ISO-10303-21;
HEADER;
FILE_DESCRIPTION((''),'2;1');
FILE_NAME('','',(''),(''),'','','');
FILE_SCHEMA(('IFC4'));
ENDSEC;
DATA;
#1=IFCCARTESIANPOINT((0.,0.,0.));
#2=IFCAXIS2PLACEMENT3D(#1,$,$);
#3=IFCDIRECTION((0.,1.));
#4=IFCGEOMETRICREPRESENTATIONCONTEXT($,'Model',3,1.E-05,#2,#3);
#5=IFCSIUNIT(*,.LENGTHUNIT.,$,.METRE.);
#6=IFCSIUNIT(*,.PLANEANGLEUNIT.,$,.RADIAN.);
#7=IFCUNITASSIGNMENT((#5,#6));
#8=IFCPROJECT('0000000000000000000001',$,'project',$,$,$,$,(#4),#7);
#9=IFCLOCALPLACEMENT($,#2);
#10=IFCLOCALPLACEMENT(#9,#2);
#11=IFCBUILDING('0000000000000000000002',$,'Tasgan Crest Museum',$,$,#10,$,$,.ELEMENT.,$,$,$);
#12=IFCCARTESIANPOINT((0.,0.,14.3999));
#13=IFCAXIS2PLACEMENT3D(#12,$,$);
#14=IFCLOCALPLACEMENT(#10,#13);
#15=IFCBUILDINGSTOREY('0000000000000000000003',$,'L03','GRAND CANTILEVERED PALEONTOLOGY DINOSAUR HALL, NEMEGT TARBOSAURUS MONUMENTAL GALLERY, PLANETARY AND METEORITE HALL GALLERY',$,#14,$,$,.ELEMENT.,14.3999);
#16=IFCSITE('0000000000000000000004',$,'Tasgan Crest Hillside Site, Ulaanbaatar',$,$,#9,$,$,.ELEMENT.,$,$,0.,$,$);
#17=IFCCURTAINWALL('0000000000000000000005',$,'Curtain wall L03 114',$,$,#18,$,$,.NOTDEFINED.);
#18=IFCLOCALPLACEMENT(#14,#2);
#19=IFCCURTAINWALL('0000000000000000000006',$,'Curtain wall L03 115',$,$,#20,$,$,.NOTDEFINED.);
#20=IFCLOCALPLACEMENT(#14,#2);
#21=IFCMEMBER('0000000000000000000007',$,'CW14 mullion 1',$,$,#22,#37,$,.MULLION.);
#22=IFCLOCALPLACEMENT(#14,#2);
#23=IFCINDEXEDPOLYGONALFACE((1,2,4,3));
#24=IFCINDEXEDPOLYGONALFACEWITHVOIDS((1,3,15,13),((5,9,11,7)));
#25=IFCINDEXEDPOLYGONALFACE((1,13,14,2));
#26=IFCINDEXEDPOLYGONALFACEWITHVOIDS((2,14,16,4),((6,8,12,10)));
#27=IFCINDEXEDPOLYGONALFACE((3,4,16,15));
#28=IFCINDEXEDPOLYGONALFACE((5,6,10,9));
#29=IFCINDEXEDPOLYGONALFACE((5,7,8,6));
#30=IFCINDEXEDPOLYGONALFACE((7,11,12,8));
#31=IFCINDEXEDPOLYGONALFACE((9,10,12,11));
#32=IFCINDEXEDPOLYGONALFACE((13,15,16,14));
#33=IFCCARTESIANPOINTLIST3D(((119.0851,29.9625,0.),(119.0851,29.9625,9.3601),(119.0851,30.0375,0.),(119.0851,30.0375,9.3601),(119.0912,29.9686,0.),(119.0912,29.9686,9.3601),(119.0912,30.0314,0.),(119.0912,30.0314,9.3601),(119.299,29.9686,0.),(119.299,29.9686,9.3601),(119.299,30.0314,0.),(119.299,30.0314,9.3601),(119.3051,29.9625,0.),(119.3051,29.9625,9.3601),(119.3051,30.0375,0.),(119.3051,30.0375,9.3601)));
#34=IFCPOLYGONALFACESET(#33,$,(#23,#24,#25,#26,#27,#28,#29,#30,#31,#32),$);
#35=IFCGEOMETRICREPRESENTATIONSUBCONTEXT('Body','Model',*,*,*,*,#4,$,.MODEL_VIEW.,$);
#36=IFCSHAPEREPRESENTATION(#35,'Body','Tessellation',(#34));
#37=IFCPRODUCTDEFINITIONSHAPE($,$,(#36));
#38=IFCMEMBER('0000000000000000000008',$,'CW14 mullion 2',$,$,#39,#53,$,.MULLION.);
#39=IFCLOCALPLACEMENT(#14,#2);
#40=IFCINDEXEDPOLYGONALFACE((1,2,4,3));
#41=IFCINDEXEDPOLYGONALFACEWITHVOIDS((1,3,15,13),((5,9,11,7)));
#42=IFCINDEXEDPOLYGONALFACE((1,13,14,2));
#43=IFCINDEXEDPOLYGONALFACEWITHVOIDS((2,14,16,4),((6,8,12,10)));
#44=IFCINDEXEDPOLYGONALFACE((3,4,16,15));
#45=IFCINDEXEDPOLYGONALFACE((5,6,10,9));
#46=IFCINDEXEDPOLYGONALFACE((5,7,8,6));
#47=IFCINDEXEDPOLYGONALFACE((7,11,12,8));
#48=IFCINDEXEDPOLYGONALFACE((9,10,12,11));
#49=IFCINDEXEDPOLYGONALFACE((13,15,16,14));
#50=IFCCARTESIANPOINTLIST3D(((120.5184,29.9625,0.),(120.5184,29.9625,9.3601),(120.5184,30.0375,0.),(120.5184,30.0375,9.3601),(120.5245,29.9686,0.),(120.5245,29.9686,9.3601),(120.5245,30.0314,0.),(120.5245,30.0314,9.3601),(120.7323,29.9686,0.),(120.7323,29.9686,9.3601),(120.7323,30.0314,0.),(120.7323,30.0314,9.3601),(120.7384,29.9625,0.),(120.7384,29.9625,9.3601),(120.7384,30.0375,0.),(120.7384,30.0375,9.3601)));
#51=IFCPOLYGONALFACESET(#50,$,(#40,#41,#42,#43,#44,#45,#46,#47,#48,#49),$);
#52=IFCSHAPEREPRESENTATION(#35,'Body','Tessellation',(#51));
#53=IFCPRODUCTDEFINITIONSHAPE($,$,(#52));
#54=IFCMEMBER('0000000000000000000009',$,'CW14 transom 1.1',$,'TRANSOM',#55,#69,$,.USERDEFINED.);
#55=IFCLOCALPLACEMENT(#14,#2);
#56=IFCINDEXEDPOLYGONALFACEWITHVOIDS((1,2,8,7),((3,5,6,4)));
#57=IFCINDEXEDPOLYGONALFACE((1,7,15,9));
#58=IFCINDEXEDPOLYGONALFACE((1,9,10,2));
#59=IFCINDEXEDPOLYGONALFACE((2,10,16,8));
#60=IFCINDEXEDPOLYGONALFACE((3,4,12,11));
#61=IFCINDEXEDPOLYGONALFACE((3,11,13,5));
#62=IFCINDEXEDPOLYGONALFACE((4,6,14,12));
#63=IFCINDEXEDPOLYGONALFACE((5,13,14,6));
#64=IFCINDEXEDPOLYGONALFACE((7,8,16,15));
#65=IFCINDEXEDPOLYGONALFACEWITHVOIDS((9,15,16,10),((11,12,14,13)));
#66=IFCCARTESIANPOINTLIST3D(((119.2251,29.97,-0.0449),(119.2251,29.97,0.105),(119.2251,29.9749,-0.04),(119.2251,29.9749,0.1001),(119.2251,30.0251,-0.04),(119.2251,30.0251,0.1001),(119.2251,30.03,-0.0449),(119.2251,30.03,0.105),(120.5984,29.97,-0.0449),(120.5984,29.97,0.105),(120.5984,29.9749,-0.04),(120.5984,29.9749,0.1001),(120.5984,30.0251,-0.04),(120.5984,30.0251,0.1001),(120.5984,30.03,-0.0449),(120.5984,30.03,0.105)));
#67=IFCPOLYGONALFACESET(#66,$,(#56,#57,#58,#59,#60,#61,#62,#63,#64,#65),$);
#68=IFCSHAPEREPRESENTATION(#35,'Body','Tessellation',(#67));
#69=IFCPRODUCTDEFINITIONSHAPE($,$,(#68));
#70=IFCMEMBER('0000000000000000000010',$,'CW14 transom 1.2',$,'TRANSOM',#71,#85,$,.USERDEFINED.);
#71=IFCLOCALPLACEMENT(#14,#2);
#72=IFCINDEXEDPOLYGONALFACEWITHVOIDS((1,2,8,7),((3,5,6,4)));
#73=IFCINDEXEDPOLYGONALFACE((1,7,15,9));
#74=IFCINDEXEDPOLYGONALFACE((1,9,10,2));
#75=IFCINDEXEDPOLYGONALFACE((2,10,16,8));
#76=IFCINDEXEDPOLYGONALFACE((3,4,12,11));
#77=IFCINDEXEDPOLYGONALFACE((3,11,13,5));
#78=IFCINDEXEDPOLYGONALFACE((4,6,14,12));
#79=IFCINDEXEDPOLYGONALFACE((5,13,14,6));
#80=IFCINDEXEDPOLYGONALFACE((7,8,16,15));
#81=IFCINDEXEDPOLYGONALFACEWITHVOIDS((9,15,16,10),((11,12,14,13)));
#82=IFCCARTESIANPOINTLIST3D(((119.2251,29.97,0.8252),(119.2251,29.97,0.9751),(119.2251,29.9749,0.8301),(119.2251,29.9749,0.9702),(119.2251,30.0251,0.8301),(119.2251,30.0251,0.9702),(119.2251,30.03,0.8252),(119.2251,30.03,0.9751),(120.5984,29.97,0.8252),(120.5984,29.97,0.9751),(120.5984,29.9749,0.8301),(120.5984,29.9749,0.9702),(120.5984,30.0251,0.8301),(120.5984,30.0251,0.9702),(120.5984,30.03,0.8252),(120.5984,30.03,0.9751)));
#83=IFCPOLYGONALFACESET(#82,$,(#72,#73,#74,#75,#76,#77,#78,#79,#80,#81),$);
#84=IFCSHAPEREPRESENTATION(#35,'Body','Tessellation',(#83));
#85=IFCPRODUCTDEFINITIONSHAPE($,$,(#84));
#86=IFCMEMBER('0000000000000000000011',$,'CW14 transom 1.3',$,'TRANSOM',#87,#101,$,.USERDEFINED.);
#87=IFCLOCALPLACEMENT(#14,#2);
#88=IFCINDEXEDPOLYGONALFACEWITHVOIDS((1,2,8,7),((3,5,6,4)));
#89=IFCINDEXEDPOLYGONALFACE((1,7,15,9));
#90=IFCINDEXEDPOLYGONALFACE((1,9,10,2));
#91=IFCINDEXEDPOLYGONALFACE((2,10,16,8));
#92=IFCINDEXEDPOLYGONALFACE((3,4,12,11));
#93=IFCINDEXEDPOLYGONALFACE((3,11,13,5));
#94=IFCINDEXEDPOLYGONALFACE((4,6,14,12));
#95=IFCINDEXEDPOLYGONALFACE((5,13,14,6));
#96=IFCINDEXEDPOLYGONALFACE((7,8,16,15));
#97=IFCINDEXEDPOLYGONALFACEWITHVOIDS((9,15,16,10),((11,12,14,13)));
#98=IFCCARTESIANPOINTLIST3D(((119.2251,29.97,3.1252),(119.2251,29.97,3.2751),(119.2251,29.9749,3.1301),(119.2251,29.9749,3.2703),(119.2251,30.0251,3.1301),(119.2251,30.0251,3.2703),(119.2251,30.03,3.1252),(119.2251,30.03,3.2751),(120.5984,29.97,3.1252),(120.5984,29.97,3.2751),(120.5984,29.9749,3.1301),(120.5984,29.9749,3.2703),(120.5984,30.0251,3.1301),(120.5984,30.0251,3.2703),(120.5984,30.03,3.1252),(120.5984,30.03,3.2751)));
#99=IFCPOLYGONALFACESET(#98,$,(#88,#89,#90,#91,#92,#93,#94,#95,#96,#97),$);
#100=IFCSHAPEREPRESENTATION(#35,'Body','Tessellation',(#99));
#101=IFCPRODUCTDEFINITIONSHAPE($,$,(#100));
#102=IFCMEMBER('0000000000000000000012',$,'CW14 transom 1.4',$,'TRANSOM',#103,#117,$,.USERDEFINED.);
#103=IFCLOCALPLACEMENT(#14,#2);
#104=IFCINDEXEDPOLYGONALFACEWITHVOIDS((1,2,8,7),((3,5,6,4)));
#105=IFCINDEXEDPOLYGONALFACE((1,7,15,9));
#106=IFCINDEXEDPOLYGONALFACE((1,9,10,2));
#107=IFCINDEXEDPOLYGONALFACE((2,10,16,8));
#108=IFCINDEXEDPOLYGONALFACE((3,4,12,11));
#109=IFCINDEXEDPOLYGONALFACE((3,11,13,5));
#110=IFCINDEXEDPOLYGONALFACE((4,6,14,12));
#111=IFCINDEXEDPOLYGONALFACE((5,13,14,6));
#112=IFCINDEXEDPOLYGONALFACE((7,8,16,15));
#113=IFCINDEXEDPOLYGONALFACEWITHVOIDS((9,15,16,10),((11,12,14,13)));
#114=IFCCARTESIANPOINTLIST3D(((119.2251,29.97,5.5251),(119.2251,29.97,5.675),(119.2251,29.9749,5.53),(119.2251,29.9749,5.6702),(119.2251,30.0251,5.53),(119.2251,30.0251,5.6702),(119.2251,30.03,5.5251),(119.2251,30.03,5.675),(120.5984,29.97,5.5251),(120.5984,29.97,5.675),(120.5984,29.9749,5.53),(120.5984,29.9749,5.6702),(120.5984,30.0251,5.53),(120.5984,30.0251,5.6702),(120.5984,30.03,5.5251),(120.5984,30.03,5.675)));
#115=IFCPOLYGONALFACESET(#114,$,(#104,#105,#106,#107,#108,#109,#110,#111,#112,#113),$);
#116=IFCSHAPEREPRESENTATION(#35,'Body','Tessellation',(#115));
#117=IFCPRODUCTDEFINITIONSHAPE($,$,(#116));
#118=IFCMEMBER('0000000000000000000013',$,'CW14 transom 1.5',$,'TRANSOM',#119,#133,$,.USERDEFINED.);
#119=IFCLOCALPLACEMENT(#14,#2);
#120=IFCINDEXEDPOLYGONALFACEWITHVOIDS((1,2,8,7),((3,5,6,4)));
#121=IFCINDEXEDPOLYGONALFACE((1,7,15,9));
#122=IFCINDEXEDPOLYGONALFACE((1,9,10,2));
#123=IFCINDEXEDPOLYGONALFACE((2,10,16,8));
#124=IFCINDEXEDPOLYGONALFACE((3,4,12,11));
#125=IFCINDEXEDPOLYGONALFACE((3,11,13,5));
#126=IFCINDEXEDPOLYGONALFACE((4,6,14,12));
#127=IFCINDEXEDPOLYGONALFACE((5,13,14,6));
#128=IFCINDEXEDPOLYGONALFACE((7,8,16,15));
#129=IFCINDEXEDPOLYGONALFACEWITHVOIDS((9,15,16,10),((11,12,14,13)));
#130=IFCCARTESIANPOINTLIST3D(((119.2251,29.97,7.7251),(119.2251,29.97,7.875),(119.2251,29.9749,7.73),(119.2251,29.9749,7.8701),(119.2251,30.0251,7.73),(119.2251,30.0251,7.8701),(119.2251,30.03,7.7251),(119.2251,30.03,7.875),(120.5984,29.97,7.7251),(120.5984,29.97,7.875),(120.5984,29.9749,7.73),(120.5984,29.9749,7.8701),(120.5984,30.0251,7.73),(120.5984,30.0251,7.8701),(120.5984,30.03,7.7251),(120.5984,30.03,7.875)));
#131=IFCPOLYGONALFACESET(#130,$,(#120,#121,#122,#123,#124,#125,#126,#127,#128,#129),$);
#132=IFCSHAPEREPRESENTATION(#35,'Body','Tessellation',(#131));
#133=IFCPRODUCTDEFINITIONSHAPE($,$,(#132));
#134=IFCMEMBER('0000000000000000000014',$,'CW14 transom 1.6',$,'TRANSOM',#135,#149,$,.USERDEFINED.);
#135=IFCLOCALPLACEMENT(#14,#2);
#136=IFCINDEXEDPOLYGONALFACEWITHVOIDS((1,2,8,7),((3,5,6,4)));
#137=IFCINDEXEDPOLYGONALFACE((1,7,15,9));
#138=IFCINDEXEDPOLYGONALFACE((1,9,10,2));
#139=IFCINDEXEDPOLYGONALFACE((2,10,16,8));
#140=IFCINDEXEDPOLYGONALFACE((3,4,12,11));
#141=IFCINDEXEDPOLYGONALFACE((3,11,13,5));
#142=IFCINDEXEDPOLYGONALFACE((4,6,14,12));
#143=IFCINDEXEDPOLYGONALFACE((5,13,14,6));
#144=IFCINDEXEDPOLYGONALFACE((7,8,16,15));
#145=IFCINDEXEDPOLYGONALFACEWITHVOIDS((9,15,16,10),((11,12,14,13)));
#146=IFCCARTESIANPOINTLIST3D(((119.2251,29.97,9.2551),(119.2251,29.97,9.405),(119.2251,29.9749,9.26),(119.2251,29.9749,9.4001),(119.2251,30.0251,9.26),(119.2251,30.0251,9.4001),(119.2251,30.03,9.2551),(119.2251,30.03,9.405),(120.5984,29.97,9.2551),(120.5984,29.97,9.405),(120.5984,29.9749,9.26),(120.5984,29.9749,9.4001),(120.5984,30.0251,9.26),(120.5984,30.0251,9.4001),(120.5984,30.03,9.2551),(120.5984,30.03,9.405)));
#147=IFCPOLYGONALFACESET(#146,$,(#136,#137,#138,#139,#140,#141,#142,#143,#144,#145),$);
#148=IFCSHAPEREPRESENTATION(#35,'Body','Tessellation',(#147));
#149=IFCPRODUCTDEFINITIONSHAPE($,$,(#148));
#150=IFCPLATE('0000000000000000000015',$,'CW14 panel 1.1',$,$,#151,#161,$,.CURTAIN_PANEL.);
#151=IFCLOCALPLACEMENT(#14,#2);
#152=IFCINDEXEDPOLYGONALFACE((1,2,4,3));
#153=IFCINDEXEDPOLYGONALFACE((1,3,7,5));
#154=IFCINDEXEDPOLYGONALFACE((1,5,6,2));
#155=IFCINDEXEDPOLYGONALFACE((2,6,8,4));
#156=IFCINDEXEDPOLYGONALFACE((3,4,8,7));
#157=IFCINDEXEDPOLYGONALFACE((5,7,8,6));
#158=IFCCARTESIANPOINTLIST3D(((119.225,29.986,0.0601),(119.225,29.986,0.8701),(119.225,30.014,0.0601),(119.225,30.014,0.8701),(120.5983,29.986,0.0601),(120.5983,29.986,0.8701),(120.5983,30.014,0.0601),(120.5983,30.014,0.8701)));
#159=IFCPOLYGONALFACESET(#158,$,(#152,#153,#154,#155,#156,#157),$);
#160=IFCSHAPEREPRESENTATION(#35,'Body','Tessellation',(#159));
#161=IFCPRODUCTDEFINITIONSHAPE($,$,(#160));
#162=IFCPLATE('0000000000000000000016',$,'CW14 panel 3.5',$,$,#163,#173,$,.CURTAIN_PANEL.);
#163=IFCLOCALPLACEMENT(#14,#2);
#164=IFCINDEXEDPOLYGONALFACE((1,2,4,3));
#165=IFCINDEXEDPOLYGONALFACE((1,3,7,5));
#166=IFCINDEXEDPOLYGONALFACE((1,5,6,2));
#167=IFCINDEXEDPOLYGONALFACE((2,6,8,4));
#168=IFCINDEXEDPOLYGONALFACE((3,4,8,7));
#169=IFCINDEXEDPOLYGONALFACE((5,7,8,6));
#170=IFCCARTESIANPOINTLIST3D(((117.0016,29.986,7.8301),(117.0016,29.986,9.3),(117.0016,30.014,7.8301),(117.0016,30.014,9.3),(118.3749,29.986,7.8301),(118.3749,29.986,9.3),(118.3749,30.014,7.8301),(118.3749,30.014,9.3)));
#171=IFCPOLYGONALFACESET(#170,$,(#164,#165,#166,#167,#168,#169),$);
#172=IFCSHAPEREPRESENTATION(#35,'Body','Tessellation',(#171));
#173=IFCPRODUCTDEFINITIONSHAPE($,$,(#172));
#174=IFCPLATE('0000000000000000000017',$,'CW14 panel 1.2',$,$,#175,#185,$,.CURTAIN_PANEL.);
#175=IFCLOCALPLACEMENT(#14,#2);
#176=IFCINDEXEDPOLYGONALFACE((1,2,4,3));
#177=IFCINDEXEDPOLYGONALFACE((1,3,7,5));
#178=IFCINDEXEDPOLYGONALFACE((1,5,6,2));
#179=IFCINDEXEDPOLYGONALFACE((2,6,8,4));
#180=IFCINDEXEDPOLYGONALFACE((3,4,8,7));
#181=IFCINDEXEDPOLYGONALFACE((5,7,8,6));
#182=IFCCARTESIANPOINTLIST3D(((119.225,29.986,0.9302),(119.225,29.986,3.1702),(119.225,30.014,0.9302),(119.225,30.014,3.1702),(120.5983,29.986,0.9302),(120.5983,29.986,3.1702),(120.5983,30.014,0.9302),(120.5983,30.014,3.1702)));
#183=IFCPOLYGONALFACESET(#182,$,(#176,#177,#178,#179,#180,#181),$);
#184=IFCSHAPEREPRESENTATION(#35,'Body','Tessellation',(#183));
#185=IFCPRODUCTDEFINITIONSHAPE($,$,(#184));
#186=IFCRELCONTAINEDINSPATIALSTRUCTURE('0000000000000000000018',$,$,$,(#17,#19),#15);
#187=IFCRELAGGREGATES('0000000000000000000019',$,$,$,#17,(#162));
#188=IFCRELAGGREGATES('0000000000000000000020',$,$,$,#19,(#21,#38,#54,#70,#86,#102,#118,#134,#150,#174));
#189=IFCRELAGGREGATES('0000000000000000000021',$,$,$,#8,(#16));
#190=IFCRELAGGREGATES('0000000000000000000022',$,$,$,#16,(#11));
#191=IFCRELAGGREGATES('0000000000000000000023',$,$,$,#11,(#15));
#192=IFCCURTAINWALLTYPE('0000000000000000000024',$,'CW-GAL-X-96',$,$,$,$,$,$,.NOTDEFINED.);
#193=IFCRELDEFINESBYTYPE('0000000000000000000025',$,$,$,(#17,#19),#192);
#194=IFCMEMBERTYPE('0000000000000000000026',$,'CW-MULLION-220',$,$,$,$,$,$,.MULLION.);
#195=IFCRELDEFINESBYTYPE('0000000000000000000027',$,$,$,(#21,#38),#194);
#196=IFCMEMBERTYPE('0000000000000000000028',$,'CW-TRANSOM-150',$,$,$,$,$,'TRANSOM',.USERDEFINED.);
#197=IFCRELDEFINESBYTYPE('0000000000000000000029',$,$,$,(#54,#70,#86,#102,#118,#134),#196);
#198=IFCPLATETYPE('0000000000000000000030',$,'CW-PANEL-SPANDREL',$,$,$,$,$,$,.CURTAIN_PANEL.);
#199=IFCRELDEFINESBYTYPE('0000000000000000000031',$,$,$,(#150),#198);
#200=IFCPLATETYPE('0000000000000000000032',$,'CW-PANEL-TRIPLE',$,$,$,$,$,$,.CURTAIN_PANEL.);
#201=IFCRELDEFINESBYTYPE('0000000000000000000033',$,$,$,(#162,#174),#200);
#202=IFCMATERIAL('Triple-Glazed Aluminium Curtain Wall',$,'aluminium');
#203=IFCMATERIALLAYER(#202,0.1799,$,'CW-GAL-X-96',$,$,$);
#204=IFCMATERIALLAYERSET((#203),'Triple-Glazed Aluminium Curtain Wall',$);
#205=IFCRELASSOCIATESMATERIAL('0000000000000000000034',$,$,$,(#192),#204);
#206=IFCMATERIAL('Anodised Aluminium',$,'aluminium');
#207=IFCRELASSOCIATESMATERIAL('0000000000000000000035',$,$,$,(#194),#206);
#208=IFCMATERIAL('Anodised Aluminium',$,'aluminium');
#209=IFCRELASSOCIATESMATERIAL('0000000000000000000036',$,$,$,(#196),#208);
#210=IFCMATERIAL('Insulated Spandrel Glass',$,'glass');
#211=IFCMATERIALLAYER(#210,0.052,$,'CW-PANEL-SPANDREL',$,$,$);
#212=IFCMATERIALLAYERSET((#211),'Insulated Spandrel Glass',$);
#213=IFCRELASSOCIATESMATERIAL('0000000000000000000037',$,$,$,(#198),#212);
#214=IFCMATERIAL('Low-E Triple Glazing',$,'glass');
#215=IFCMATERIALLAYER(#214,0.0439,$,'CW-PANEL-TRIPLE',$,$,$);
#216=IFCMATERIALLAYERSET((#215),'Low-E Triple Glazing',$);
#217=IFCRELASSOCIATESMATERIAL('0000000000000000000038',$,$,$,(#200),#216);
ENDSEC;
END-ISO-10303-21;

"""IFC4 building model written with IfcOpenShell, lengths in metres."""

from ifc_helpers import new_model, si_unit, direction, frame, origin, origin_2d, place, context, subcontext, project, spatial, rectangle, hollow_rectangle, extrude, material, layer, layer_set, material_profile, profile_set, type_object, element, aggregate, save


model = new_model("IFC4")

# Units and contexts
model_context = context("Model", 3, precision=1e-05, world=origin(), true_north=direction((0.0, 1.0)))
body_context = subcontext(model_context, "Body", "Model", "MODEL_VIEW")
ifc_project = project(units=[si_unit("LENGTHUNIT", "METRE"), si_unit("PLANEANGLEUNIT", "RADIAN")], contexts=[model_context])

# Site, building, storey
site_placement = place(None, origin())
site = spatial("IfcSite", under=ifc_project, at=site_placement, Name="Tasgan Crest Hillside Site, Ulaanbaatar", CompositionType="ELEMENT", RefElevation=0.0)
building_placement = place(site_placement, origin())
building = spatial("IfcBuilding", under=site, at=building_placement, Name="Tasgan Crest Museum", CompositionType="ELEMENT")
storey_placement = place(building_placement, frame((0.0, 0.0, 14.3999)))
storey = spatial("IfcBuildingStorey", under=building, at=storey_placement, Name="L03", Description="GRAND CANTILEVERED PALEONTOLOGY DINOSAUR HALL, NEMEGT TARBOSAURUS MONUMENTAL GALLERY, PLANETARY AND METEORITE HALL GALLERY", CompositionType="ELEMENT", Elevation=14.3999)

# Curtain wall
ifc_material_1 = material(Name="Triple-Glazed Aluminium Curtain Wall", Category="aluminium")
ifc_layer_1 = layer(ifc_material_1, 0.1799, Name="CW-GAL-X-96")
ifc_layer_set_1 = layer_set([ifc_layer_1], Name="Triple-Glazed Aluminium Curtain Wall")
curtain_wall_type = type_object("IfcCurtainWallType", Name="CW-GAL-X-96", PredefinedType="NOTDEFINED", material=ifc_layer_set_1)
curtain_wall_1_placement = place(storey_placement, origin())
curtain_wall_1 = element("IfcCurtainWall", 1, at=curtain_wall_1_placement, inside=storey, type_object=curtain_wall_type, Name="Curtain wall L03 114", PredefinedType="NOTDEFINED")
ifc_material_2 = material(Name="Anodised Aluminium", Category="aluminium")
ifc_material_profile_1 = material_profile(ifc_material_2, hollow_rectangle(XDim=0.075, YDim=0.22, WallThickness=0.0061, at=origin_2d()), Name="ALU MULLION 220x75x6")
ifc_profile_set_1 = profile_set([ifc_material_profile_1], Name="Anodised Aluminium")
member_type_1 = type_object("IfcMemberType", Name="CW-MULLION-220", PredefinedType="MULLION", material=ifc_profile_set_1)

# Curtain wall, members, plate
curtain_wall_2_placement = place(storey_placement, origin())
curtain_wall_2 = element("IfcCurtainWall", 2, at=curtain_wall_2_placement, inside=storey, type_object=curtain_wall_type, Name="Curtain wall L03 115", PredefinedType="NOTDEFINED")
member_1_placement = place(storey_placement, frame((119.1951, 30.0, 0.0), z_axis=(0.0, 0.0, 1.0), x_axis=(0.0, 1.0, 0.0)))
member_1 = element("IfcMember", 3, at=member_1_placement, type_object=member_type_1, Name="CW14 mullion 1", PredefinedType="MULLION", context=body_context, shape_type="SweptSolid", body=[
    extrude(hollow_rectangle(XDim=0.075, YDim=0.22, WallThickness=0.0061, at=origin_2d()), origin(), (0.0, 0.0, 1.0), 9.3601),
])
member_2_placement = place(storey_placement, frame((120.6284, 30.0, 0.0), z_axis=(0.0, 0.0, 1.0), x_axis=(0.0, 1.0, 0.0)))
member_2 = element("IfcMember", 4, at=member_2_placement, type_object=member_type_1, Name="CW14 mullion 2", PredefinedType="MULLION", context=body_context, shape_type="SweptSolid", body=[
    extrude(hollow_rectangle(XDim=0.075, YDim=0.22, WallThickness=0.0061, at=origin_2d()), origin(), (0.0, 0.0, 1.0), 9.3601),
])
ifc_material_3 = material(Name="Anodised Aluminium", Category="aluminium")
ifc_material_profile_2 = material_profile(ifc_material_3, hollow_rectangle(XDim=0.0601, YDim=0.1499, WallThickness=0.0049, at=origin_2d()), Name="ALU TRANSOM 150x60x5")
ifc_profile_set_2 = profile_set([ifc_material_profile_2], Name="Anodised Aluminium")
member_type_2 = type_object("IfcMemberType", Name="CW-TRANSOM-150", ElementType="TRANSOM", PredefinedType="USERDEFINED", material=ifc_profile_set_2)
member_3_placement = place(storey_placement, frame((119.2251, 30.0, 0.03), z_axis=(1.0, 0.0, 0.0), x_axis=(0.0, 1.0, 0.0)))
member_3 = element("IfcMember", 5, at=member_3_placement, type_object=member_type_2, Name="CW14 transom 1.1", ObjectType="TRANSOM", PredefinedType="USERDEFINED", context=body_context, shape_type="SweptSolid", body=[
    extrude(hollow_rectangle(XDim=0.0601, YDim=0.1499, WallThickness=0.0049, at=origin_2d()), origin(), (0.0, 0.0, 1.0), 1.3733),
])
member_4_placement = place(storey_placement, frame((119.2251, 30.0, 0.9001), z_axis=(1.0, 0.0, 0.0), x_axis=(0.0, 1.0, 0.0)))
member_4 = element("IfcMember", 6, at=member_4_placement, type_object=member_type_2, Name="CW14 transom 1.2", ObjectType="TRANSOM", PredefinedType="USERDEFINED", context=body_context, shape_type="SweptSolid", body=[
    extrude(hollow_rectangle(XDim=0.0601, YDim=0.1499, WallThickness=0.0049, at=origin_2d()), origin(), (0.0, 0.0, 1.0), 1.3733),
])
member_5_placement = place(storey_placement, frame((119.2251, 30.0, 3.2002), z_axis=(1.0, 0.0, 0.0), x_axis=(0.0, 1.0, 0.0)))
member_5 = element("IfcMember", 7, at=member_5_placement, type_object=member_type_2, Name="CW14 transom 1.3", ObjectType="TRANSOM", PredefinedType="USERDEFINED", context=body_context, shape_type="SweptSolid", body=[
    extrude(hollow_rectangle(XDim=0.0601, YDim=0.1499, WallThickness=0.0049, at=origin_2d()), origin(), (0.0, 0.0, 1.0), 1.3733),
])
member_6_placement = place(storey_placement, frame((119.2251, 30.0, 5.6001), z_axis=(1.0, 0.0, 0.0), x_axis=(0.0, 1.0, 0.0)))
member_6 = element("IfcMember", 8, at=member_6_placement, type_object=member_type_2, Name="CW14 transom 1.4", ObjectType="TRANSOM", PredefinedType="USERDEFINED", context=body_context, shape_type="SweptSolid", body=[
    extrude(hollow_rectangle(XDim=0.0601, YDim=0.1499, WallThickness=0.0049, at=origin_2d()), origin(), (0.0, 0.0, 1.0), 1.3733),
])
member_7_placement = place(storey_placement, frame((119.2251, 30.0, 7.8), z_axis=(1.0, 0.0, 0.0), x_axis=(0.0, 1.0, 0.0)))
member_7 = element("IfcMember", 9, at=member_7_placement, type_object=member_type_2, Name="CW14 transom 1.5", ObjectType="TRANSOM", PredefinedType="USERDEFINED", context=body_context, shape_type="SweptSolid", body=[
    extrude(hollow_rectangle(XDim=0.0601, YDim=0.1499, WallThickness=0.0049, at=origin_2d()), origin(), (0.0, 0.0, 1.0), 1.3733),
])
member_8_placement = place(storey_placement, frame((119.2251, 30.0, 9.3301), z_axis=(1.0, 0.0, 0.0), x_axis=(0.0, 1.0, 0.0)))
member_8 = element("IfcMember", 10, at=member_8_placement, type_object=member_type_2, Name="CW14 transom 1.6", ObjectType="TRANSOM", PredefinedType="USERDEFINED", context=body_context, shape_type="SweptSolid", body=[
    extrude(hollow_rectangle(XDim=0.0601, YDim=0.1499, WallThickness=0.0049, at=origin_2d()), origin(), (0.0, 0.0, 1.0), 1.3733),
])
ifc_material_4 = material(Name="Insulated Spandrel Glass", Category="glass")
ifc_layer_2 = layer(ifc_material_4, 0.052, Name="CW-PANEL-SPANDREL")
ifc_layer_set_2 = layer_set([ifc_layer_2], Name="Insulated Spandrel Glass")
plate_type_1 = type_object("IfcPlateType", Name="CW-PANEL-SPANDREL", PredefinedType="CURTAIN_PANEL", material=ifc_layer_set_2)
plate_1_placement = place(storey_placement, frame((119.9116, 30.0, 0.0601), z_axis=(0.0, 0.0, 1.0), x_axis=(1.0, 0.0, 0.0)))
plate_1 = element("IfcPlate", 11, at=plate_1_placement, type_object=plate_type_1, Name="CW14 panel 1.1", PredefinedType="CURTAIN_PANEL", context=body_context, shape_type="SweptSolid", body=[
    extrude(rectangle(XDim=1.3733, YDim=0.0281, at=origin_2d()), origin(), (0.0, 0.0, 1.0), 0.8101),
])

# Plates
ifc_material_5 = material(Name="Low-E Triple Glazing", Category="glass")
ifc_layer_3 = layer(ifc_material_5, 0.0439, Name="CW-PANEL-TRIPLE")
ifc_layer_set_3 = layer_set([ifc_layer_3], Name="Low-E Triple Glazing")
plate_type_2 = type_object("IfcPlateType", Name="CW-PANEL-TRIPLE", PredefinedType="CURTAIN_PANEL", material=ifc_layer_set_3)
plate_2_placement = place(storey_placement, frame((117.6882, 30.0, 7.8301), z_axis=(0.0, 0.0, 1.0), x_axis=(1.0, 0.0, 0.0)))
plate_2 = element("IfcPlate", 12, at=plate_2_placement, type_object=plate_type_2, Name="CW14 panel 3.5", PredefinedType="CURTAIN_PANEL", context=body_context, shape_type="SweptSolid", body=[
    extrude(rectangle(XDim=1.3733, YDim=0.0281, at=origin_2d()), origin(), (0.0, 0.0, 1.0), 1.47),
])
aggregate(curtain_wall_1, [plate_2])
plate_3_placement = place(storey_placement, frame((119.9116, 30.0, 0.9302), z_axis=(0.0, 0.0, 1.0), x_axis=(1.0, 0.0, 0.0)))
plate_3 = element("IfcPlate", 13, at=plate_3_placement, type_object=plate_type_2, Name="CW14 panel 1.2", PredefinedType="CURTAIN_PANEL", context=body_context, shape_type="SweptSolid", body=[
    extrude(rectangle(XDim=1.3733, YDim=0.0281, at=origin_2d()), origin(), (0.0, 0.0, 1.0), 2.24),
])
aggregate(curtain_wall_2, [member_1, member_2, member_3, member_4, member_5, member_6, member_7, member_8, plate_1, plate_3])

save(model, "model.ifc")
